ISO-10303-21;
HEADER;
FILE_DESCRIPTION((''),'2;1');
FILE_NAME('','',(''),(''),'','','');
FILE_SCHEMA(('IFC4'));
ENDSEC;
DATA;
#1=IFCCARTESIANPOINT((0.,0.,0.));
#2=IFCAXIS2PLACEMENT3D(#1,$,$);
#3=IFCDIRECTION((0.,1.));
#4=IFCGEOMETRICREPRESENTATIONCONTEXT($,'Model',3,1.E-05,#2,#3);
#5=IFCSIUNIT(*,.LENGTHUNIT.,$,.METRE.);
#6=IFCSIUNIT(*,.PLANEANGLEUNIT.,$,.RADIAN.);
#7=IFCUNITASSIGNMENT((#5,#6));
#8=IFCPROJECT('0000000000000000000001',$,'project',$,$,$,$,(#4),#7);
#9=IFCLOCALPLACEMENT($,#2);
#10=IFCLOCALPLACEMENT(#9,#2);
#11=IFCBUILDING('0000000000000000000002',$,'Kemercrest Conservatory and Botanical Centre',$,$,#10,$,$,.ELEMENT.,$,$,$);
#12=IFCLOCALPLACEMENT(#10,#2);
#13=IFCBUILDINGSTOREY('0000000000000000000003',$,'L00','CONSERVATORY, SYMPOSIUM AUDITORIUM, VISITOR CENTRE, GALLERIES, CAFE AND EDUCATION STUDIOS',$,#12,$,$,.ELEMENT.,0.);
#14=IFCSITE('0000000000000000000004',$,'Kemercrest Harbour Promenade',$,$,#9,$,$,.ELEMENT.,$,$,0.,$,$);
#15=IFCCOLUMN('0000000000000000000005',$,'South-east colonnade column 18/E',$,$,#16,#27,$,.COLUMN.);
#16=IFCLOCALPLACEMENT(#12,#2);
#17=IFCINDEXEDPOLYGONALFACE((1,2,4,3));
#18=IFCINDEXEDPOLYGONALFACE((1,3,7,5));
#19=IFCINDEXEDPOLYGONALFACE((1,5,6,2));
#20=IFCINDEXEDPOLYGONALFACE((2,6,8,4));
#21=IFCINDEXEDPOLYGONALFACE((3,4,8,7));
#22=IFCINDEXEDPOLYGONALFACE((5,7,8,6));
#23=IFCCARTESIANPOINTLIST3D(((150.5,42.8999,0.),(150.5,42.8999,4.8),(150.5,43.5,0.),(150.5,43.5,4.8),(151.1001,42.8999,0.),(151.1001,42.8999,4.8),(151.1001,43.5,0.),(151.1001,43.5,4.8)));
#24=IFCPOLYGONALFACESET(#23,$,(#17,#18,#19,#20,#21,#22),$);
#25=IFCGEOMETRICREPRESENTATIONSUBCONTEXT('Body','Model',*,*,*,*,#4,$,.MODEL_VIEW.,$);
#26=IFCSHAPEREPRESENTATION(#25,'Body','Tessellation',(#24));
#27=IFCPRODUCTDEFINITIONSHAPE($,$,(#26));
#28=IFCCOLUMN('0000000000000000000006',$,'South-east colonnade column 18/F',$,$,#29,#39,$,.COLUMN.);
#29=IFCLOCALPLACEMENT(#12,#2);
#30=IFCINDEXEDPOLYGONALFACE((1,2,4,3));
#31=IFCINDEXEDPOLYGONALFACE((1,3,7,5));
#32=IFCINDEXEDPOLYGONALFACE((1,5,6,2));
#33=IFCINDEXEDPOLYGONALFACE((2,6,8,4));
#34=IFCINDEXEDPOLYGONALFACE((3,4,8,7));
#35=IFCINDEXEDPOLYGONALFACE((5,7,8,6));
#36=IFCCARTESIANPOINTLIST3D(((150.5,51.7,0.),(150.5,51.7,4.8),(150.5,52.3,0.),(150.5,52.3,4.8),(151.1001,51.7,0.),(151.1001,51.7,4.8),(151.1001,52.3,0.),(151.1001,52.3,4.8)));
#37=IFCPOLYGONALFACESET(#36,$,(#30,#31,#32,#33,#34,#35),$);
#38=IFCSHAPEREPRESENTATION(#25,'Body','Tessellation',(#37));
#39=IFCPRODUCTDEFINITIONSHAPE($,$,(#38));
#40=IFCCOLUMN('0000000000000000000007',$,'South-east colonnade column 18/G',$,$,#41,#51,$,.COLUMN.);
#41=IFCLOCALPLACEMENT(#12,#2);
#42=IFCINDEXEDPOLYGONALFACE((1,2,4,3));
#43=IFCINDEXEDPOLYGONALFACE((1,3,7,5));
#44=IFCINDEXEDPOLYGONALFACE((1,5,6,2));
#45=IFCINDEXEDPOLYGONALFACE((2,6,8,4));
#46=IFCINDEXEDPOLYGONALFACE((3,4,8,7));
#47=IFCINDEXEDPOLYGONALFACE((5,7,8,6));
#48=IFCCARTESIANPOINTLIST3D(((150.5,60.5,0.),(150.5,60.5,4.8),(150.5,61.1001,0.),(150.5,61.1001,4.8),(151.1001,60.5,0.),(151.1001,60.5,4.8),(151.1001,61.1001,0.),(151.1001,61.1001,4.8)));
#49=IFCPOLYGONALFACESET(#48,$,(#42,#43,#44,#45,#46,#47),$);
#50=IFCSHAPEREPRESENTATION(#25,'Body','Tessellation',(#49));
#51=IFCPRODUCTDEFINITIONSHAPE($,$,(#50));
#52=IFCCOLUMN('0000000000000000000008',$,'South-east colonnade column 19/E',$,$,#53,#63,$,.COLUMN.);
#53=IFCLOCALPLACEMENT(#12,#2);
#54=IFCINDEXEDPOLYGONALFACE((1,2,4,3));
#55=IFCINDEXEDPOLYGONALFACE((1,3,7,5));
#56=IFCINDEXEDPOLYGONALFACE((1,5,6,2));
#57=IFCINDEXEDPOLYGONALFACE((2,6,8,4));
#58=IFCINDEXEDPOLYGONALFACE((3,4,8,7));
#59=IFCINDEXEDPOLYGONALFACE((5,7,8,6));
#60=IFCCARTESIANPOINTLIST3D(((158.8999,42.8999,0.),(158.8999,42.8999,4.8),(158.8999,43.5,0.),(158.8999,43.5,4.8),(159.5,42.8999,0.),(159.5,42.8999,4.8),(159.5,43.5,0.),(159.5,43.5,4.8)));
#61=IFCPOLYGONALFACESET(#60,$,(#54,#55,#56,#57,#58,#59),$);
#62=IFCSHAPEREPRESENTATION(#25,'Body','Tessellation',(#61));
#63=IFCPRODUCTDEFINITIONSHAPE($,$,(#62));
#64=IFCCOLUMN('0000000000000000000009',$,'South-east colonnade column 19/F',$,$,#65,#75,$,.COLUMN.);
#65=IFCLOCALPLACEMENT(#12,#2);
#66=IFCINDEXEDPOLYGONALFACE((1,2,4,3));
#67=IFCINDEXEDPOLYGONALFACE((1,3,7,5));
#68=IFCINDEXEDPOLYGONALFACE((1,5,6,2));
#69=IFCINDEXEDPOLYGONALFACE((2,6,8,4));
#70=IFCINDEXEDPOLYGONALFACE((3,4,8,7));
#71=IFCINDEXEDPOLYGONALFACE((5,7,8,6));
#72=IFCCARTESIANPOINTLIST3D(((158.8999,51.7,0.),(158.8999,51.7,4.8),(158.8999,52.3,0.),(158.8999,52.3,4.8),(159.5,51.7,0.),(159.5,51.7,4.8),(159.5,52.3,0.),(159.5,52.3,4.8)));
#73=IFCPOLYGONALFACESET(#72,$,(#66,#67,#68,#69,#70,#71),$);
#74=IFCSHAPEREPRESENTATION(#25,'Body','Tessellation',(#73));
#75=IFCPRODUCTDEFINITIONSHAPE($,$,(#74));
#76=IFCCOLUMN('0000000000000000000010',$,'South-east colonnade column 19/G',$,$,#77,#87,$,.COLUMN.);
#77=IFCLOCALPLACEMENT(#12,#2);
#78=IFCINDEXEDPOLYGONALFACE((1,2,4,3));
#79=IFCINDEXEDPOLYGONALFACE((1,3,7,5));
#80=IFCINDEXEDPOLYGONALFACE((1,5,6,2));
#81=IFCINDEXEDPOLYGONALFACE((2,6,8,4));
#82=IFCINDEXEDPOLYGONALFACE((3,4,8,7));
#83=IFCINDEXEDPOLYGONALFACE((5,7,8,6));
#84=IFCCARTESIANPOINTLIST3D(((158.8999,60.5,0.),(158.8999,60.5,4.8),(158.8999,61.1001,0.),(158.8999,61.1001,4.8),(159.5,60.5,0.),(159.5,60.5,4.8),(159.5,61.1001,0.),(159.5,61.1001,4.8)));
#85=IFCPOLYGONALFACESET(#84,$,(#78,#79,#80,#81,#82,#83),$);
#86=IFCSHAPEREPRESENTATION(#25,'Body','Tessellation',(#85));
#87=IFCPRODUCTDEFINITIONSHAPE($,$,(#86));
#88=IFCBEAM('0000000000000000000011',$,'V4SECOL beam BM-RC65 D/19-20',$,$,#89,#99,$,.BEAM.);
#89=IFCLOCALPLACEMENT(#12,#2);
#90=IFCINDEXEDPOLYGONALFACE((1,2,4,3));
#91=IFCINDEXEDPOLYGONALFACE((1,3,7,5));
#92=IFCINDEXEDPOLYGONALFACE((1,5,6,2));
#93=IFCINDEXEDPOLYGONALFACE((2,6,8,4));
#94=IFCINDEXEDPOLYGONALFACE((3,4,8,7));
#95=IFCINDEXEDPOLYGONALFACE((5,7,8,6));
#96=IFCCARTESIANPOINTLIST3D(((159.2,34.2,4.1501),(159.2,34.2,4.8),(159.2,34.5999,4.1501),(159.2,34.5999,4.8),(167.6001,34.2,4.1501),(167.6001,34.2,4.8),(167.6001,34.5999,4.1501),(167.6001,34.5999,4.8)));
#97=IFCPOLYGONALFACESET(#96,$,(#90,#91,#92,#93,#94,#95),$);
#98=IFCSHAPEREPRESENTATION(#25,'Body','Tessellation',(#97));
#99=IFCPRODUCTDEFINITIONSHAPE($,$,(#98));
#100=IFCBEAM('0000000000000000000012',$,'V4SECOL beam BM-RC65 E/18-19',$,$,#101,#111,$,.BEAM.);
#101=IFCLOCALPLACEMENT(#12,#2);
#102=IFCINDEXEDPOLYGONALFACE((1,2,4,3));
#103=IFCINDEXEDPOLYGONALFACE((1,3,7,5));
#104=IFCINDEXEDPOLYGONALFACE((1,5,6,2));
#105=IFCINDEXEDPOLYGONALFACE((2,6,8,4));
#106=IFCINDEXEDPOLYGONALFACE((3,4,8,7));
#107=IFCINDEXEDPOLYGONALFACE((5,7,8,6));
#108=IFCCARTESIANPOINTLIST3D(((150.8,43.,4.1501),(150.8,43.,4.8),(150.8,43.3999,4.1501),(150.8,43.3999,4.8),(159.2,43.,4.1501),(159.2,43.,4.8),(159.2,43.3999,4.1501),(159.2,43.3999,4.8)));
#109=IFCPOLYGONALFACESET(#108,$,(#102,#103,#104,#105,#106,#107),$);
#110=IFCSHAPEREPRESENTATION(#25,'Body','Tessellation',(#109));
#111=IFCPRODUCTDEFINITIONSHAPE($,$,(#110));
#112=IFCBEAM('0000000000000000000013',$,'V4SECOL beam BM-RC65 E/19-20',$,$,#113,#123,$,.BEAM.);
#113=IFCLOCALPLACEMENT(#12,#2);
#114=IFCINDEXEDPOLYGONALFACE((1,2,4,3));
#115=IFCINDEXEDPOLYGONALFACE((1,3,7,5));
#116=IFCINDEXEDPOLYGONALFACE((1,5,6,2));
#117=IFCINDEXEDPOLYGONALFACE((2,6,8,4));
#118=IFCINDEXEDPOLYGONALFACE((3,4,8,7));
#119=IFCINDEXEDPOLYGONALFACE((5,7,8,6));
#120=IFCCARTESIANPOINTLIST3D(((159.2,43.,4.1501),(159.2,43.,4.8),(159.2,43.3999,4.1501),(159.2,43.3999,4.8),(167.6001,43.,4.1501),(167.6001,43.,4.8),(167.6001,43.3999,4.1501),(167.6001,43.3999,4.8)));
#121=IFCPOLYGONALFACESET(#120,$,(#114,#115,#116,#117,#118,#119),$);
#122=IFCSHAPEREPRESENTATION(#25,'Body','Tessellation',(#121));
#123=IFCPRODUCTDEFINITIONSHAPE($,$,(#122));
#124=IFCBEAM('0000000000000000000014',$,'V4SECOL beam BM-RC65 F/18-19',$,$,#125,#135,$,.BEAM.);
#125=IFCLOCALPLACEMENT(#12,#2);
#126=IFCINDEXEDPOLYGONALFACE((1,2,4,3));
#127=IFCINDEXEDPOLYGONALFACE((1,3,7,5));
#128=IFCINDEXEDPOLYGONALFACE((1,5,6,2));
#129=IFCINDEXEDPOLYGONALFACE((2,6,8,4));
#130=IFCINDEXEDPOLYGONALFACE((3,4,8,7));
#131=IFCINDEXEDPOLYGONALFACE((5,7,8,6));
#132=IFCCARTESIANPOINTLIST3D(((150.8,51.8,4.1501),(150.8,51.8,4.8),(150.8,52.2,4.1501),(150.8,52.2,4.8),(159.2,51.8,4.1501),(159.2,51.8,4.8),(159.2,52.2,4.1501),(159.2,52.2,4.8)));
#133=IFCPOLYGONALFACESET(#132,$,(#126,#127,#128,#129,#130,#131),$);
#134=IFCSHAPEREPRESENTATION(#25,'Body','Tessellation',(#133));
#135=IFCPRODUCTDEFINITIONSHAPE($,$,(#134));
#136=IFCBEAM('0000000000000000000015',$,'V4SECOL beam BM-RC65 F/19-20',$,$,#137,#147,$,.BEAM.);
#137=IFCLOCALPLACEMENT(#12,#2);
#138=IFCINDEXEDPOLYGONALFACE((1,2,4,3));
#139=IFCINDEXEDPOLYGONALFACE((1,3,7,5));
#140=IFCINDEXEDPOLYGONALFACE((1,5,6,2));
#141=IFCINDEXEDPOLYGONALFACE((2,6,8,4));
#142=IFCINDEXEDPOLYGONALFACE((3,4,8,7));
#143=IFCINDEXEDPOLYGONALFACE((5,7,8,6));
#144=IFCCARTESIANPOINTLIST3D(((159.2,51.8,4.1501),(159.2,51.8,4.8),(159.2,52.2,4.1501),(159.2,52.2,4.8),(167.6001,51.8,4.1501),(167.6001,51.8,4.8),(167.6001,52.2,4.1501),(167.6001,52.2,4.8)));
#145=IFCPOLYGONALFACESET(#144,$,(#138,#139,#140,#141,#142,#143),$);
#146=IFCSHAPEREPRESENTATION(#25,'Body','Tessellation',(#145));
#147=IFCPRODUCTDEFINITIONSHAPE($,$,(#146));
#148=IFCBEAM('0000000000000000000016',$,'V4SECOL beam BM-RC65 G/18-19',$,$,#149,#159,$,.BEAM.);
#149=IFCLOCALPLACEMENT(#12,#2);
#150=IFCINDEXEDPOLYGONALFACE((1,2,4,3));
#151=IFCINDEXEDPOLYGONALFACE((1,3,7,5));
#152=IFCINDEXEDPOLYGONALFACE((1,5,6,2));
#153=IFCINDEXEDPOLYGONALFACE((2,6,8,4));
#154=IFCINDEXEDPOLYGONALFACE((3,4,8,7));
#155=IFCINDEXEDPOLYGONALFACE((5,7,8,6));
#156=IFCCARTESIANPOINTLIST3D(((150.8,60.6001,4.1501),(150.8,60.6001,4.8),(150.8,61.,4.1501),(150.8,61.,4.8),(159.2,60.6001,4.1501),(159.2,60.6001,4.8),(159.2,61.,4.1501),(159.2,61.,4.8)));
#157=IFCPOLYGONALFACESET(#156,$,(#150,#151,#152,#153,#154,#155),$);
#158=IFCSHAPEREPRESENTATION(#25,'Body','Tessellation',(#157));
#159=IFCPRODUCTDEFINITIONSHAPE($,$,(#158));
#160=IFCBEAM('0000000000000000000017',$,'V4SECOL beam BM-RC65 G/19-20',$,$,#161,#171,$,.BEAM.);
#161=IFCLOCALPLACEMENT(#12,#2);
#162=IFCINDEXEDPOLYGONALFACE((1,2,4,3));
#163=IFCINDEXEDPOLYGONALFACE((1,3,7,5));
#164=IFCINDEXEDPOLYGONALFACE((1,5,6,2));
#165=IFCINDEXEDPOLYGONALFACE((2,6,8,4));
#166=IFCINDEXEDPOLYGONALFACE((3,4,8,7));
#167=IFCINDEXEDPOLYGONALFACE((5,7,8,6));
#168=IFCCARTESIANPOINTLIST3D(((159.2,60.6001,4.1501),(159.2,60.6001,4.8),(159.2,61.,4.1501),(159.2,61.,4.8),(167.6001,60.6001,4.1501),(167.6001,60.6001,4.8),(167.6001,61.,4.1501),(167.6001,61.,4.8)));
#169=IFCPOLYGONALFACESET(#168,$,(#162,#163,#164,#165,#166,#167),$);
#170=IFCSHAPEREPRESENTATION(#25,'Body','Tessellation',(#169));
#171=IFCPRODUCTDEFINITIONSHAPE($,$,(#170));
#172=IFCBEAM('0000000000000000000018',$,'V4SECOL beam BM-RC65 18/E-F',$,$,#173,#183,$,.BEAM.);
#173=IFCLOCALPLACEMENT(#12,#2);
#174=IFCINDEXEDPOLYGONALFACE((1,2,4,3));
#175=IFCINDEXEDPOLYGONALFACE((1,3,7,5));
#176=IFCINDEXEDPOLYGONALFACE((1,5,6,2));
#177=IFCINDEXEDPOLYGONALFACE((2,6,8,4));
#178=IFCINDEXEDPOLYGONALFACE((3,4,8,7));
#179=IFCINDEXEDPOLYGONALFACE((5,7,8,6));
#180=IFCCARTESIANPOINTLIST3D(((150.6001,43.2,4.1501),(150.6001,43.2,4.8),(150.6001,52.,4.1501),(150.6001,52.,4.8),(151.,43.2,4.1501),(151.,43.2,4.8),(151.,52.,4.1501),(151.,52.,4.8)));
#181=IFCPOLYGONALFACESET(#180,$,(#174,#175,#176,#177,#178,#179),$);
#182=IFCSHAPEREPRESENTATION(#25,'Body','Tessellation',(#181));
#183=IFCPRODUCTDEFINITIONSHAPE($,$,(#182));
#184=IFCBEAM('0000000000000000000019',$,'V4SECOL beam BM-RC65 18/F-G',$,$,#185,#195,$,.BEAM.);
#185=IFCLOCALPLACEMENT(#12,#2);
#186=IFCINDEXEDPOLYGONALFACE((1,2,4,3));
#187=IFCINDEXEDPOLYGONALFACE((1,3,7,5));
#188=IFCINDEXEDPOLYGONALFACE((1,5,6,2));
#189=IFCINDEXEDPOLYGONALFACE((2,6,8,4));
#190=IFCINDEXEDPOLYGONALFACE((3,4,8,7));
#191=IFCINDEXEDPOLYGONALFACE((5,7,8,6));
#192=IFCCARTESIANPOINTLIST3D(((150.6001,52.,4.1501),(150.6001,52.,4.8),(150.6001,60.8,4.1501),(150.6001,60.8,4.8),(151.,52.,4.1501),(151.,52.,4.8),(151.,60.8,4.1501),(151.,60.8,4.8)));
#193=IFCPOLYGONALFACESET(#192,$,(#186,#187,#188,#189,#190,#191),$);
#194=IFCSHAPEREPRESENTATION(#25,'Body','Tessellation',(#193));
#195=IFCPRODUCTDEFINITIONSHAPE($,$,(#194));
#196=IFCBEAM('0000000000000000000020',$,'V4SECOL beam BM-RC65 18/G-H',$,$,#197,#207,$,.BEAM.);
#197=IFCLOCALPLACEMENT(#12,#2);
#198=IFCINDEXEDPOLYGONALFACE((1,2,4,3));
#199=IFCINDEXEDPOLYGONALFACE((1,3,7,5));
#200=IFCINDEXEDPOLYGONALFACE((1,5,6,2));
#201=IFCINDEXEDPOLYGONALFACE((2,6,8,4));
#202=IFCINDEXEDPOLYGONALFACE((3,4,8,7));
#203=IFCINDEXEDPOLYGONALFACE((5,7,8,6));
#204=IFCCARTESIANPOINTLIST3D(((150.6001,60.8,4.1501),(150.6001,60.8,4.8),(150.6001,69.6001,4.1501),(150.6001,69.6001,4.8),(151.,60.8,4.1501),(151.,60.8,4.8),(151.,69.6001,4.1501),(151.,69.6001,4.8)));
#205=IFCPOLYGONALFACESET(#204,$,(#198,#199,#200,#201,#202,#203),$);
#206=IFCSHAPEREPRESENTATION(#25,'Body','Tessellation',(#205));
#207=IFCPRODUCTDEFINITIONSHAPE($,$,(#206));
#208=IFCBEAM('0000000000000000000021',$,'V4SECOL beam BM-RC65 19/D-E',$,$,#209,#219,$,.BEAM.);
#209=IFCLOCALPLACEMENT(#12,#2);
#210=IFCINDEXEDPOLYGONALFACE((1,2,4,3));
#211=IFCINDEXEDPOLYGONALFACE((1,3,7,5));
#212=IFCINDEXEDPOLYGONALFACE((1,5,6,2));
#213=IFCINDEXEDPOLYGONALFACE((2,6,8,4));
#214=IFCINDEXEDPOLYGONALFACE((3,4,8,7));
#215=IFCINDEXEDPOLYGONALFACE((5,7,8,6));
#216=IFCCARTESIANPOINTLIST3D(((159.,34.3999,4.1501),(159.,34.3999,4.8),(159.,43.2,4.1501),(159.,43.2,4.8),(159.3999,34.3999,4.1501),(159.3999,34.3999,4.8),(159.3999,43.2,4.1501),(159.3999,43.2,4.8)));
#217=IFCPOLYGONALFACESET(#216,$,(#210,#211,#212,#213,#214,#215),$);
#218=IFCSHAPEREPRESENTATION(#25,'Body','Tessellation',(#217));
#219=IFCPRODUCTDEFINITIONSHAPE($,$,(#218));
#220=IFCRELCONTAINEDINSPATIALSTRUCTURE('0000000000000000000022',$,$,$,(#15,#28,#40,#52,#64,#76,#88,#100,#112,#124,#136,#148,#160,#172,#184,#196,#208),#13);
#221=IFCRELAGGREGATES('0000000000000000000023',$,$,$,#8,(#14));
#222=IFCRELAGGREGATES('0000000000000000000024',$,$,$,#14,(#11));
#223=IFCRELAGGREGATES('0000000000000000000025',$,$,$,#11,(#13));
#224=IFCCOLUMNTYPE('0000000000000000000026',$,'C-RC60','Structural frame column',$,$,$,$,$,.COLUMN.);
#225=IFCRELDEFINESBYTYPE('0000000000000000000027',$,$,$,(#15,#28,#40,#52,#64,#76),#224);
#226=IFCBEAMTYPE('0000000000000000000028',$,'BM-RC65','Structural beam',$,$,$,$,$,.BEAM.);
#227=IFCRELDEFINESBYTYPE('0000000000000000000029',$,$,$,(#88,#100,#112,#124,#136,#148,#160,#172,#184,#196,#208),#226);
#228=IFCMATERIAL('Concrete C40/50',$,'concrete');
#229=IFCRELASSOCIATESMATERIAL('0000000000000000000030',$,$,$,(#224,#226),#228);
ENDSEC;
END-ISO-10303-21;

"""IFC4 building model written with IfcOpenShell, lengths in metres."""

from ifc_helpers import new_model, si_unit, direction, frame, origin, origin_2d, place, context, subcontext, project, spatial, rectangle, extrude, material, material_profile, profile_set, type_object, element, save


model = new_model("IFC4")

# Units and contexts
model_context = context("Model", 3, precision=1e-05, world=origin(), true_north=direction((0.0, 1.0)))
body_context = subcontext(model_context, "Body", "Model", "MODEL_VIEW")
ifc_project = project(units=[si_unit("LENGTHUNIT", "METRE"), si_unit("PLANEANGLEUNIT", "RADIAN")], contexts=[model_context])

# Site, building, storey
site_placement = place(None, origin())
site = spatial("IfcSite", under=ifc_project, at=site_placement, Name="Kemercrest Harbour Promenade", CompositionType="ELEMENT", RefElevation=0.0)
building_placement = place(site_placement, origin())
building = spatial("IfcBuilding", under=site, at=building_placement, Name="Kemercrest Conservatory and Botanical Centre", CompositionType="ELEMENT")
storey_placement = place(building_placement, origin())
storey = spatial("IfcBuildingStorey", under=building, at=storey_placement, Name="L00", Description="CONSERVATORY, SYMPOSIUM AUDITORIUM, VISITOR CENTRE, GALLERIES, CAFE AND EDUCATION STUDIOS", CompositionType="ELEMENT", Elevation=0.0)

# Columns
ifc_material = material(Name="Concrete C40/50", Category="concrete")
ifc_material_profile_1 = material_profile(ifc_material, rectangle(XDim=0.6001, YDim=0.6001, at=origin_2d()), Name="RC 600x600")
ifc_profile_set_1 = profile_set([ifc_material_profile_1], Name="Concrete C40/50")
column_type = type_object("IfcColumnType", Name="C-RC60", Description="Structural frame column", PredefinedType="COLUMN", material=ifc_profile_set_1)
for number, where, z_axis, x_axis, name in (
    (1, (150.8, 43.2, 0.0), (0.0, 0.0, 1.0), (1.0, 0.0, 0.0), "South-east colonnade column 18/E"),
    (2, (150.8, 52.0, 0.0), (0.0, 0.0, 1.0), (1.0, 0.0, 0.0), "South-east colonnade column 18/F"),
    (3, (150.8, 60.8, 0.0), (0.0, 0.0, 1.0), (1.0, 0.0, 0.0), "South-east colonnade column 18/G"),
    (4, (159.2, 43.2, 0.0), (0.0, 0.0, 1.0), (1.0, 0.0, 0.0), "South-east colonnade column 19/E"),
    (5, (159.2, 52.0, 0.0), (0.0, 0.0, 1.0), (1.0, 0.0, 0.0), "South-east colonnade column 19/F"),
    (6, (159.2, 60.8, 0.0), (0.0, 0.0, 1.0), (1.0, 0.0, 0.0), "South-east colonnade column 19/G"),
):
    element("IfcColumn", number, at=place(storey_placement, frame(where, z_axis=z_axis, x_axis=x_axis)), inside=storey, type_object=column_type, Name=name, PredefinedType="COLUMN", context=body_context, shape_type="SweptSolid", body=[
        extrude(rectangle(XDim=0.6001, YDim=0.6001, at=origin_2d()), origin(), (0.0, 0.0, 1.0), 4.8),
    ])

# Beams
ifc_material_profile_2 = material_profile(ifc_material, rectangle(XDim=0.3999, YDim=0.6499, at=origin_2d()), Name="RC 400x650")
ifc_profile_set_2 = profile_set([ifc_material_profile_2], Name="Concrete C40/50")
beam_type_1 = type_object("IfcBeamType", Name="BM-RC65", Description="Structural beam", PredefinedType="BEAM", material=ifc_profile_set_2)
beam_1_placement = place(storey_placement, frame((159.2, 34.3999, 4.4751), z_axis=(1.0, 0.0, 0.0), x_axis=(0.0, 1.0, 0.0)))
element("IfcBeam", 7, at=beam_1_placement, inside=storey, type_object=beam_type_1, Name="V4SECOL beam BM-RC65 D/19-20", PredefinedType="BEAM", context=body_context, shape_type="SweptSolid", body=[
    extrude(rectangle(XDim=0.3999, YDim=0.6499, at=origin_2d()), origin(), (0.0, 0.0, 1.0), 8.4001),
])
beam_2_placement = place(storey_placement, frame((150.8, 43.2, 4.4751), z_axis=(1.0, 0.0, 0.0), x_axis=(0.0, 1.0, 0.0)))
element("IfcBeam", 8, at=beam_2_placement, inside=storey, type_object=beam_type_1, Name="V4SECOL beam BM-RC65 E/18-19", PredefinedType="BEAM", context=body_context, shape_type="SweptSolid", body=[
    extrude(rectangle(XDim=0.3999, YDim=0.6499, at=origin_2d()), origin(), (0.0, 0.0, 1.0), 8.3999),
])
beam_3_placement = place(storey_placement, frame((159.2, 43.2, 4.4751), z_axis=(1.0, 0.0, 0.0), x_axis=(0.0, 1.0, 0.0)))
element("IfcBeam", 9, at=beam_3_placement, inside=storey, type_object=beam_type_1, Name="V4SECOL beam BM-RC65 E/19-20", PredefinedType="BEAM", context=body_context, shape_type="SweptSolid", body=[
    extrude(rectangle(XDim=0.3999, YDim=0.6499, at=origin_2d()), origin(), (0.0, 0.0, 1.0), 8.4001),
])
beam_4_placement = place(storey_placement, frame((150.8, 52.0, 4.4751), z_axis=(1.0, 0.0, 0.0), x_axis=(0.0, 1.0, 0.0)))
element("IfcBeam", 10, at=beam_4_placement, inside=storey, type_object=beam_type_1, Name="V4SECOL beam BM-RC65 F/18-19", PredefinedType="BEAM", context=body_context, shape_type="SweptSolid", body=[
    extrude(rectangle(XDim=0.3999, YDim=0.6499, at=origin_2d()), origin(), (0.0, 0.0, 1.0), 8.3999),
])
beam_5_placement = place(storey_placement, frame((159.2, 52.0, 4.4751), z_axis=(1.0, 0.0, 0.0), x_axis=(0.0, 1.0, 0.0)))
element("IfcBeam", 11, at=beam_5_placement, inside=storey, type_object=beam_type_1, Name="V4SECOL beam BM-RC65 F/19-20", PredefinedType="BEAM", context=body_context, shape_type="SweptSolid", body=[
    extrude(rectangle(XDim=0.3999, YDim=0.6499, at=origin_2d()), origin(), (0.0, 0.0, 1.0), 8.4001),
])
beam_6_placement = place(storey_placement, frame((150.8, 60.8, 4.4751), z_axis=(1.0, 0.0, 0.0), x_axis=(0.0, 1.0, 0.0)))
element("IfcBeam", 12, at=beam_6_placement, inside=storey, type_object=beam_type_1, Name="V4SECOL beam BM-RC65 G/18-19", PredefinedType="BEAM", context=body_context, shape_type="SweptSolid", body=[
    extrude(rectangle(XDim=0.3999, YDim=0.6499, at=origin_2d()), origin(), (0.0, 0.0, 1.0), 8.3999),
])
beam_7_placement = place(storey_placement, frame((159.2, 60.8, 4.4751), z_axis=(1.0, 0.0, 0.0), x_axis=(0.0, 1.0, 0.0)))
element("IfcBeam", 13, at=beam_7_placement, inside=storey, type_object=beam_type_1, Name="V4SECOL beam BM-RC65 G/19-20", PredefinedType="BEAM", context=body_context, shape_type="SweptSolid", body=[
    extrude(rectangle(XDim=0.3999, YDim=0.6499, at=origin_2d()), origin(), (0.0, 0.0, 1.0), 8.4001),
])
for number, where, z_axis, x_axis, name in (
    (14, (150.8, 43.2, 4.4751), (0.0, 1.0, 0.0), (-1.0, 0.0, 0.0), "V4SECOL beam BM-RC65 18/E-F"),
    (15, (150.8, 52.0, 4.4751), (0.0, 1.0, 0.0), (-1.0, 0.0, 0.0), "V4SECOL beam BM-RC65 18/F-G"),
    (16, (150.8, 60.8, 4.4751), (0.0, 1.0, 0.0), (-1.0, 0.0, 0.0), "V4SECOL beam BM-RC65 18/G-H"),
    (17, (159.2, 34.3999, 4.4751), (0.0, 1.0, 0.0), (-1.0, 0.0, 0.0), "V4SECOL beam BM-RC65 19/D-E"),
):
    element("IfcBeam", number, at=place(storey_placement, frame(where, z_axis=z_axis, x_axis=x_axis)), inside=storey, type_object=beam_type_1, Name=name, PredefinedType="BEAM", context=body_context, shape_type="SweptSolid", body=[
        extrude(rectangle(XDim=0.3999, YDim=0.6499, at=origin_2d()), origin(), (0.0, 0.0, 1.0), 8.8),
    ])

save(model, "model.ifc")
